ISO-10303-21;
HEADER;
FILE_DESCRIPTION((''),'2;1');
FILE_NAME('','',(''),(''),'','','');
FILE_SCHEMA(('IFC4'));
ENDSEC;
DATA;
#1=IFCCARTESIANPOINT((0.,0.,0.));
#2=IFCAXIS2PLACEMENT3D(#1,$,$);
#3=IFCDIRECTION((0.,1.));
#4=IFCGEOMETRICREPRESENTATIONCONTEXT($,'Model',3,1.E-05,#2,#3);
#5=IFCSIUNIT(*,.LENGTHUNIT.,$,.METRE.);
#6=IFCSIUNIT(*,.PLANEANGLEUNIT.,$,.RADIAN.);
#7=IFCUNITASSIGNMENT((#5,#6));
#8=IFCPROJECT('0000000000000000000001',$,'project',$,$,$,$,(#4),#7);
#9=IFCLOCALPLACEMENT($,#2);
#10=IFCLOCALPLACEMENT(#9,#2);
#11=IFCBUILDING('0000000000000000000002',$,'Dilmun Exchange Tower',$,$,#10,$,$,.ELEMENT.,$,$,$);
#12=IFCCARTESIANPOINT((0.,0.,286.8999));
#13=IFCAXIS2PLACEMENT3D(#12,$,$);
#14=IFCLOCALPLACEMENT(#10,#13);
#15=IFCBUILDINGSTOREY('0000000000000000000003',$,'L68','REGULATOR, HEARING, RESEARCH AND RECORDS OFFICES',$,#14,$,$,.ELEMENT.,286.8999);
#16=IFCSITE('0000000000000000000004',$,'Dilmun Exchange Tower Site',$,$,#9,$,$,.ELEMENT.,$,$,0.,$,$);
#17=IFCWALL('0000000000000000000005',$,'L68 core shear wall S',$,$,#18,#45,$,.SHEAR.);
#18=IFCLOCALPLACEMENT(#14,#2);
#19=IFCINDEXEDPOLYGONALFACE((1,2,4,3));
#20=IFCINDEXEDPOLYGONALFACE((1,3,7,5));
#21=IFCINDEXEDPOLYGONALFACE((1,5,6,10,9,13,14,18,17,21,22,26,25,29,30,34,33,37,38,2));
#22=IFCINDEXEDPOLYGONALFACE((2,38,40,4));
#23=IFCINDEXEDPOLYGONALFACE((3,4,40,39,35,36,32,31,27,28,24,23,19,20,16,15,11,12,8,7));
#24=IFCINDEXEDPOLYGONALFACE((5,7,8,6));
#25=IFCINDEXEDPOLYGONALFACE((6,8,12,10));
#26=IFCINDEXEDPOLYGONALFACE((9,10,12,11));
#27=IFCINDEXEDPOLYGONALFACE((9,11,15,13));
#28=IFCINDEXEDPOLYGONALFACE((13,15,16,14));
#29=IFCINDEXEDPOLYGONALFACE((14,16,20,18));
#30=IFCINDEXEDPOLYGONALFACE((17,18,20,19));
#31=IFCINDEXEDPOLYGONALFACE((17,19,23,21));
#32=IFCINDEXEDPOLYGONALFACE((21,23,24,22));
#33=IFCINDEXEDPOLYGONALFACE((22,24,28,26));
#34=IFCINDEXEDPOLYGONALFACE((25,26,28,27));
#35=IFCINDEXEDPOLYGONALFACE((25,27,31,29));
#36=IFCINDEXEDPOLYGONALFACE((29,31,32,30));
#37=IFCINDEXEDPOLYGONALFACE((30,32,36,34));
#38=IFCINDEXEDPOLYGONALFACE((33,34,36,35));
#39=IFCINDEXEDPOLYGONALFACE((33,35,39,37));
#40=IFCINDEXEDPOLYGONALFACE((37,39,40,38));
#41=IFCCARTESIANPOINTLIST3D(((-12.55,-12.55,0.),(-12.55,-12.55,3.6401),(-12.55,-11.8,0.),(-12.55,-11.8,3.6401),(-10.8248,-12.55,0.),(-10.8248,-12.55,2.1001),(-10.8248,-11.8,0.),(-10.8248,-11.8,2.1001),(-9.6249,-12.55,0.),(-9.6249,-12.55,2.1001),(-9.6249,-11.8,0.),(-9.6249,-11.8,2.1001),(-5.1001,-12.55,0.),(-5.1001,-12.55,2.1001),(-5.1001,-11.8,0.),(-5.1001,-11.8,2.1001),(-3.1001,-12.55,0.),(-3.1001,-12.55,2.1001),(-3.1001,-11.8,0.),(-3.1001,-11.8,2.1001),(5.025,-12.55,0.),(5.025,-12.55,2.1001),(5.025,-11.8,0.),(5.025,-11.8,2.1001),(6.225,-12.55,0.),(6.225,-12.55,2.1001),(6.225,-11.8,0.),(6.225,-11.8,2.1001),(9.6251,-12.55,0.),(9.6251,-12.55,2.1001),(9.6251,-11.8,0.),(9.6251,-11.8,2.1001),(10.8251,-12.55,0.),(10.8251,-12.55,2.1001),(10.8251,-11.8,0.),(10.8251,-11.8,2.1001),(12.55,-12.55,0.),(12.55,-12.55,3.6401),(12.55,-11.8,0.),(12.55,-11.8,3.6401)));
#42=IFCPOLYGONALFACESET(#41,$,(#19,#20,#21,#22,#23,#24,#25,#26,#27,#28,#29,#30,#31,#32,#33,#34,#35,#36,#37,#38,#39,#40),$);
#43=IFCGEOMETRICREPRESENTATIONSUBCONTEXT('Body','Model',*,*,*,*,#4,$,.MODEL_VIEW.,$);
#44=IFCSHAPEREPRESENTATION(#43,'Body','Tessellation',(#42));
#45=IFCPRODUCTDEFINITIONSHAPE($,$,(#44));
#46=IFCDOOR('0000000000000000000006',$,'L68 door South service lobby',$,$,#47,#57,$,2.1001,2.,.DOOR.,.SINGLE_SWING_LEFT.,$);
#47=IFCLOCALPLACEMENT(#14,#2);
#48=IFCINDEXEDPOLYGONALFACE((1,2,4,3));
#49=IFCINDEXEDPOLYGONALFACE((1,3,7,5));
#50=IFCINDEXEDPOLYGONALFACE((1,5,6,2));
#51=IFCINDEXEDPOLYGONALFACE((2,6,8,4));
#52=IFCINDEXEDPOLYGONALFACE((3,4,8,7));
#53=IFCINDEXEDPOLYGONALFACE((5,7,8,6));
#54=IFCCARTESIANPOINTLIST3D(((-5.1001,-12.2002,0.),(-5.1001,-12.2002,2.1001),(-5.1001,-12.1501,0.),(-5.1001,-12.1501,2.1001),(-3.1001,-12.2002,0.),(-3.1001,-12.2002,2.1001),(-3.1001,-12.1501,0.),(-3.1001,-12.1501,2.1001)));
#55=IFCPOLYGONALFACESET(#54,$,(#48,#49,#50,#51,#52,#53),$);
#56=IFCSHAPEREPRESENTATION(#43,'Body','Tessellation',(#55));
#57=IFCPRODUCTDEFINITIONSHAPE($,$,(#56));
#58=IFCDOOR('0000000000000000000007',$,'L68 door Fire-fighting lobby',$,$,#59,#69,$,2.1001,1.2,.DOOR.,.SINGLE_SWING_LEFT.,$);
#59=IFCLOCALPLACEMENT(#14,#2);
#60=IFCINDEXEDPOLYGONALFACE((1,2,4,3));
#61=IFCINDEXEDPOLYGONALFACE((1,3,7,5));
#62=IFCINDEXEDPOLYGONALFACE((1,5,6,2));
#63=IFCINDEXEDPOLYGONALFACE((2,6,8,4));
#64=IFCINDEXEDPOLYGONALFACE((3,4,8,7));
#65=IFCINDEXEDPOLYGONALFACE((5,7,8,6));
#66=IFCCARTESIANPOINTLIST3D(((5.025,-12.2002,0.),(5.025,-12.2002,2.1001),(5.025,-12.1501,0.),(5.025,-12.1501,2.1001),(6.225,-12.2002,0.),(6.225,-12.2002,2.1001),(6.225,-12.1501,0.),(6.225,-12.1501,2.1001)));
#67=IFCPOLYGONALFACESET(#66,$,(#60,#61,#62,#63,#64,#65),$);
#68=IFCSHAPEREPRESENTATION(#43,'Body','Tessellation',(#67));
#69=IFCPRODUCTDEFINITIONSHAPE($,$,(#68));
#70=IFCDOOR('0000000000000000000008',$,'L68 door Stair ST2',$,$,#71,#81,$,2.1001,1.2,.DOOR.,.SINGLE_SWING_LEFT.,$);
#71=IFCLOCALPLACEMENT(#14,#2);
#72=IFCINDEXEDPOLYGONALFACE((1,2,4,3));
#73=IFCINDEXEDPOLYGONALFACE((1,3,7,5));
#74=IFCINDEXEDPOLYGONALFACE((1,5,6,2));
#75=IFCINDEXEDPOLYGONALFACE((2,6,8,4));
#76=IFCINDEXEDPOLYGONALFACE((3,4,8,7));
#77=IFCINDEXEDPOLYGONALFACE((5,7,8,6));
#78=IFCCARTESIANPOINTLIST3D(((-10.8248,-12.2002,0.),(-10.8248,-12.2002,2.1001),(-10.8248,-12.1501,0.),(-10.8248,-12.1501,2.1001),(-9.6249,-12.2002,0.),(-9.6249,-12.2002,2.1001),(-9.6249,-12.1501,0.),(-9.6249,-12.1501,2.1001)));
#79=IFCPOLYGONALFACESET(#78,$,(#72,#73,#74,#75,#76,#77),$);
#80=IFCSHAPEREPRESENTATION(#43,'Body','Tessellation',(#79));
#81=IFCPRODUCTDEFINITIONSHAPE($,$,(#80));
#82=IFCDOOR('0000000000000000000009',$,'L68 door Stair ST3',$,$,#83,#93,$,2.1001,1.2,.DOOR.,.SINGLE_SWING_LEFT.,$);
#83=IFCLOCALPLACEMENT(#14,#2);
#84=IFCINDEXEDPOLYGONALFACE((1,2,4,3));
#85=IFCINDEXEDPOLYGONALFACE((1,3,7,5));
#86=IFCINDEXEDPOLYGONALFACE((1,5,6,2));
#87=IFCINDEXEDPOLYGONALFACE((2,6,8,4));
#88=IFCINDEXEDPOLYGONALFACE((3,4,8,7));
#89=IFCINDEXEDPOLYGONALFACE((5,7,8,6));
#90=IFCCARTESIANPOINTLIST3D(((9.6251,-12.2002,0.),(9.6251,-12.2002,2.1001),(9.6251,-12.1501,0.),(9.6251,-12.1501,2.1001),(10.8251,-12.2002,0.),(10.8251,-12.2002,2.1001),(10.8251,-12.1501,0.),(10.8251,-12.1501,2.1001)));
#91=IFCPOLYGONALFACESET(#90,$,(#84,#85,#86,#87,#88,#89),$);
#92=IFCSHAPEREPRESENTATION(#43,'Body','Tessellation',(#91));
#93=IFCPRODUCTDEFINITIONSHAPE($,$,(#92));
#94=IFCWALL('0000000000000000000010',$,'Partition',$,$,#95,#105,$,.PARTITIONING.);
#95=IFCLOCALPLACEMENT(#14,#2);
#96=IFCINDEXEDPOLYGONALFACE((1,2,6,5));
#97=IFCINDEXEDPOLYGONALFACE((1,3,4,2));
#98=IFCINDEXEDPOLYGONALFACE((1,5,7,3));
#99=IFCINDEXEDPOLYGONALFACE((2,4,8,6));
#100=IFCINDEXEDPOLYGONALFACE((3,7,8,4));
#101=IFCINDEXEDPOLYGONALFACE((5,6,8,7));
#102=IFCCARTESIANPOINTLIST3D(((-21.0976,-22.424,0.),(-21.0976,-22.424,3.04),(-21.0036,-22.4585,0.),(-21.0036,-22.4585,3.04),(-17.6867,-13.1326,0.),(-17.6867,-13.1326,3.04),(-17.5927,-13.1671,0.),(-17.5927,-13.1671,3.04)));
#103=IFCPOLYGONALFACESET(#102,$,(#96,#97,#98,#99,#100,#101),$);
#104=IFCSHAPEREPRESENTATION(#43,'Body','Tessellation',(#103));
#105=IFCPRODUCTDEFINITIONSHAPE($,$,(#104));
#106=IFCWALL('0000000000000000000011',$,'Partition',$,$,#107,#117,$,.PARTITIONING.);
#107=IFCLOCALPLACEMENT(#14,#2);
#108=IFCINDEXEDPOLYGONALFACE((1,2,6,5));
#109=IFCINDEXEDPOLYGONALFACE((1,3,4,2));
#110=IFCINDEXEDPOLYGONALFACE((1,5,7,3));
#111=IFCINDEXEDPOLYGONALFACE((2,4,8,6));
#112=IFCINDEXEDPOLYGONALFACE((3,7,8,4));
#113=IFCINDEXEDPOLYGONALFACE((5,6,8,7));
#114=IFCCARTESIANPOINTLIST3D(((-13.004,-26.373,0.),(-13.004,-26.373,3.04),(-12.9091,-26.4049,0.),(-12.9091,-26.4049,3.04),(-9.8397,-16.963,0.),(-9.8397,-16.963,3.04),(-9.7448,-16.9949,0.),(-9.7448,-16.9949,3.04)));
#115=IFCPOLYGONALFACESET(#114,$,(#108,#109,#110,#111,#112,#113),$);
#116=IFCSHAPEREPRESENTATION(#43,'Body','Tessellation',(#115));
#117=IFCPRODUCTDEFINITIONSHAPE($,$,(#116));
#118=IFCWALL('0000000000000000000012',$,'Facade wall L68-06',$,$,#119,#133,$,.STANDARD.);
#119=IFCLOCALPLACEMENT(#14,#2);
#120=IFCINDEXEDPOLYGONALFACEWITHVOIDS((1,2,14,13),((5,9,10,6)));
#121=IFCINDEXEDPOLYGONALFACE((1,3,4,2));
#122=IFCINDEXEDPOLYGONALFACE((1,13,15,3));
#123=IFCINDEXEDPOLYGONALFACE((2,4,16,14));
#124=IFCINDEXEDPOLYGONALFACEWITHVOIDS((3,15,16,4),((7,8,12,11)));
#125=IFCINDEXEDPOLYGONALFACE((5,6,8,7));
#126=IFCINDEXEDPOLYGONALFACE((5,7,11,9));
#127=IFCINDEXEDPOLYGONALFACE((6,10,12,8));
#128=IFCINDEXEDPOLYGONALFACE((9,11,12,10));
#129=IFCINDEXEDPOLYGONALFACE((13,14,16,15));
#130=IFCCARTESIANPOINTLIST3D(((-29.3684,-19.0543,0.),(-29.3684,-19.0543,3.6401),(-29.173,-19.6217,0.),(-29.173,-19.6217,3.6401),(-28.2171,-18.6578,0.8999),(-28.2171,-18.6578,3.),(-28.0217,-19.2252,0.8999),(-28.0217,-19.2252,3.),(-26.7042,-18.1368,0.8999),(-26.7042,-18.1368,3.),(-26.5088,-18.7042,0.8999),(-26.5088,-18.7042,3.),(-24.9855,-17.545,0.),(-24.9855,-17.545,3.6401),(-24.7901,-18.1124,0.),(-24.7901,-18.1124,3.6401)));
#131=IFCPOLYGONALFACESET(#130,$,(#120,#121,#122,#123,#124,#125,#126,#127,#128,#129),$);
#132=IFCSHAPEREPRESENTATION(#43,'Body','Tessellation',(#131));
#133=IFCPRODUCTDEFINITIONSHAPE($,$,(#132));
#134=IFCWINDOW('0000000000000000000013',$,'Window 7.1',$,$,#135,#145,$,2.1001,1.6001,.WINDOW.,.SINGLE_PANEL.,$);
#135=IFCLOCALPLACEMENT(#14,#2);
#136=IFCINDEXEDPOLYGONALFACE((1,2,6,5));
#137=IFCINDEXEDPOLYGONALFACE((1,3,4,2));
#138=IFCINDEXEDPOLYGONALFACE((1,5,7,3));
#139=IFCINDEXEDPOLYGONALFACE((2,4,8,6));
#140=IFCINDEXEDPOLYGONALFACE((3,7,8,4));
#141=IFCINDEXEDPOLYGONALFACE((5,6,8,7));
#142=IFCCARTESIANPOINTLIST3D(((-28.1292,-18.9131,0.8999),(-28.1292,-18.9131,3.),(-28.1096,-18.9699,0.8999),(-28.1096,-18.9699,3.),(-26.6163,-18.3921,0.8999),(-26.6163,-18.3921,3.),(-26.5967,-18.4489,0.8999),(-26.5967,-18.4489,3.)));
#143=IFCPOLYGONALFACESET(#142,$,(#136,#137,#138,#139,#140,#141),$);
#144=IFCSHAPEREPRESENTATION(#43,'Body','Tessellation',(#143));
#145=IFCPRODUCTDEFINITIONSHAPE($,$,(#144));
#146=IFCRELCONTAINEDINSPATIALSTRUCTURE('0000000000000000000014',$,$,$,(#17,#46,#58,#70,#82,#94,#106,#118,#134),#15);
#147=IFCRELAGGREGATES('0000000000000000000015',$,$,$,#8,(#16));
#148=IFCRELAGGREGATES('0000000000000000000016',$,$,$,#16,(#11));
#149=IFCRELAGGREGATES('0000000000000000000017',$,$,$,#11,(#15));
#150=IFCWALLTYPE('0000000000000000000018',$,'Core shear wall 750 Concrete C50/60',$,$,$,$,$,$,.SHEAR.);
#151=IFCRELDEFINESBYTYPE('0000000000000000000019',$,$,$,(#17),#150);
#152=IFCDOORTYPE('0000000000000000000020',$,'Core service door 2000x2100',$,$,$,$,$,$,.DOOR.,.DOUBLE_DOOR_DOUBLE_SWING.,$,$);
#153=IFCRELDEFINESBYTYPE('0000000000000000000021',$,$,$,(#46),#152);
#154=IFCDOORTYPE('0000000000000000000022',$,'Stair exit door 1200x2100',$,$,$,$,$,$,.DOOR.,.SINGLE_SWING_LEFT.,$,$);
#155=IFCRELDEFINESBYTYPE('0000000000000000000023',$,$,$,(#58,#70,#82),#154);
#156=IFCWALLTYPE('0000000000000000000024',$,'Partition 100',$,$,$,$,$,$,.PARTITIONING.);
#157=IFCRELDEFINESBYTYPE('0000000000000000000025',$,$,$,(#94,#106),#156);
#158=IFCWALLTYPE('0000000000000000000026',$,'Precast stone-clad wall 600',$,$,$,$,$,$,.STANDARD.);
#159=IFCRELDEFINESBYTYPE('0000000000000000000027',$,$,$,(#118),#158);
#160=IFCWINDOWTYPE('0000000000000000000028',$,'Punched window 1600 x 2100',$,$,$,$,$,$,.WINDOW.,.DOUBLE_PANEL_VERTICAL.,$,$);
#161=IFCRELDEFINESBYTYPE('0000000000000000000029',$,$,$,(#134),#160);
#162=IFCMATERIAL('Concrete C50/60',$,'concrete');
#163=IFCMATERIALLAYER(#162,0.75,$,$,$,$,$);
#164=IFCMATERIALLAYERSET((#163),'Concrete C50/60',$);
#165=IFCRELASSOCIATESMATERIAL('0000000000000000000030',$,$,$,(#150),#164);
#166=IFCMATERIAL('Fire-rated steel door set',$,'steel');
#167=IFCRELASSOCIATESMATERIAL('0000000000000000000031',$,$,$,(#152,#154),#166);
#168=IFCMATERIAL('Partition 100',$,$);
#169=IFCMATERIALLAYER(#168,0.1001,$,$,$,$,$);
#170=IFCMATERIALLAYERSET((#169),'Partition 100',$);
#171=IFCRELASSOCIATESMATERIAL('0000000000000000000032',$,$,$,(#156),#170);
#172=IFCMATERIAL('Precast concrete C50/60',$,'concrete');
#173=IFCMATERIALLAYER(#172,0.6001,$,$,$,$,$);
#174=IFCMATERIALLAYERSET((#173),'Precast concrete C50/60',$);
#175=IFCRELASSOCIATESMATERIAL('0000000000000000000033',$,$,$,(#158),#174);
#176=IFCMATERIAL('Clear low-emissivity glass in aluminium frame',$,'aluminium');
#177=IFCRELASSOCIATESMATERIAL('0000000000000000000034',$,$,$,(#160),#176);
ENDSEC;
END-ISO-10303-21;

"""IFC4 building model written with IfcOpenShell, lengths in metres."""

from ifc_helpers import new_model, si_unit, direction, frame, frame_2d, origin, place, context, subcontext, project, spatial, rectangle, extrude, material, layer, layer_set, type_object, element, fill, save


model = new_model("IFC4")

# Units and contexts
model_context = context("Model", 3, precision=1e-05, world=origin(), true_north=direction((0.0, 1.0)))
body_context = subcontext(model_context, "Body", "Model", "MODEL_VIEW")
ifc_project = project(units=[si_unit("LENGTHUNIT", "METRE"), si_unit("PLANEANGLEUNIT", "RADIAN")], contexts=[model_context])

# Site, building, storey
site_placement = place(None, origin())
site = spatial("IfcSite", under=ifc_project, at=site_placement, Name="Dilmun Exchange Tower Site", CompositionType="ELEMENT", RefElevation=0.0)
building_placement = place(site_placement, origin())
building = spatial("IfcBuilding", under=site, at=building_placement, Name="Dilmun Exchange Tower", CompositionType="ELEMENT")
storey_placement = place(building_placement, frame((0.0, 0.0, 286.8999)))
storey = spatial("IfcBuildingStorey", under=building, at=storey_placement, Name="L68", Description="REGULATOR, HEARING, RESEARCH AND RECORDS OFFICES", CompositionType="ELEMENT", Elevation=286.8999)

# Shared definitions
ifc_material_1 = material(Name="Concrete C50/60", Category="concrete")

# Wall, openings, doors
ifc_layer_1 = layer(ifc_material_1, 0.75)
ifc_layer_set_1 = layer_set([ifc_layer_1], Name="Concrete C50/60")
wall_type_1 = type_object("IfcWallType", Name="Core shear wall 750 Concrete C50/60", PredefinedType="SHEAR", material=ifc_layer_set_1)
wall_1_placement = place(storey_placement, frame((-12.55, -12.175, 0.0), z_axis=(0.0, 0.0, 1.0), x_axis=(1.0, 0.0, 0.0)))
wall_1 = element("IfcWall", 1, at=wall_1_placement, inside=storey, type_object=wall_type_1, Name="L68 core shear wall S", PredefinedType="SHEAR", context=body_context, shape_type="SweptSolid", body=[
    extrude(rectangle(XDim=25.1001, YDim=0.75, at=frame_2d((12.55, 0.0))), origin(), (0.0, 0.0, 1.0), 3.6401),
])
opening_1_placement = place(wall_1_placement, frame((7.45, 0.0, 0.0)))
opening_1 = element("IfcOpeningElement", 2, at=opening_1_placement, cuts=wall_1, PredefinedType="OPENING", context=body_context, shape_type="SweptSolid", body=[
    extrude(rectangle(XDim=2.0, YDim=2.1001, at=frame_2d((1.0, 1.05))), frame((0.0, 0.385, 0.0), z_axis=(0.0, -1.0, 0.0), x_axis=(1.0, 0.0, 0.0)), (0.0, 0.0, 1.0), 0.77),
])
opening_2_placement = place(wall_1_placement, frame((17.575, 0.0, 0.0)))
opening_2 = element("IfcOpeningElement", 3, at=opening_2_placement, cuts=wall_1, PredefinedType="OPENING", context=body_context, shape_type="SweptSolid", body=[
    extrude(rectangle(XDim=1.2, YDim=2.1001, at=frame_2d((0.6001, 1.05))), frame((0.0, 0.385, 0.0), z_axis=(0.0, -1.0, 0.0), x_axis=(1.0, 0.0, 0.0)), (0.0, 0.0, 1.0), 0.77),
])
opening_3_placement = place(wall_1_placement, frame((1.7251, 0.0, 0.0)))
opening_3 = element("IfcOpeningElement", 4, at=opening_3_placement, cuts=wall_1, PredefinedType="OPENING", context=body_context, shape_type="SweptSolid", body=[
    extrude(rectangle(XDim=1.2, YDim=2.1001, at=frame_2d((0.6001, 1.05))), frame((0.0, 0.385, 0.0), z_axis=(0.0, -1.0, 0.0), x_axis=(1.0, 0.0, 0.0)), (0.0, 0.0, 1.0), 0.77),
])
opening_4_placement = place(wall_1_placement, frame((22.175, 0.0, 0.0)))
opening_4 = element("IfcOpeningElement", 5, at=opening_4_placement, cuts=wall_1, PredefinedType="OPENING", context=body_context, shape_type="SweptSolid", body=[
    extrude(rectangle(XDim=1.2, YDim=2.1001, at=frame_2d((0.6001, 1.05))), frame((0.0, 0.385, 0.0), z_axis=(0.0, -1.0, 0.0), x_axis=(1.0, 0.0, 0.0)), (0.0, 0.0, 1.0), 0.77),
])
ifc_material_2 = material(Name="Fire-rated steel door set", Category="steel")
door_type_1 = type_object("IfcDoorType", Name="Core service door 2000x2100", OperationType="DOUBLE_DOOR_DOUBLE_SWING", PredefinedType="DOOR", material=ifc_material_2)
door_1_placement = place(opening_1_placement, origin())
door_1 = element("IfcDoor", 6, at=door_1_placement, inside=storey, type_object=door_type_1, Name="L68 door South service lobby", OperationType="SINGLE_SWING_LEFT", OverallHeight=2.1001, OverallWidth=2.0, PredefinedType="DOOR", context=body_context, shape_type="SweptSolid", body=[
    extrude(rectangle(XDim=2.0, YDim=2.1001, at=frame_2d((1.0, 1.05))), frame((0.0, 0.0249, 0.0), z_axis=(0.0, -1.0, 0.0), x_axis=(1.0, 0.0, 0.0)), (0.0, 0.0, 1.0), 0.05),
])
fill(opening_1, door_1)
door_type_2 = type_object("IfcDoorType", Name="Stair exit door 1200x2100", OperationType="SINGLE_SWING_LEFT", PredefinedType="DOOR", material=ifc_material_2)
door_2_placement = place(opening_2_placement, origin())
door_2 = element("IfcDoor", 7, at=door_2_placement, inside=storey, type_object=door_type_2, Name="L68 door Fire-fighting lobby", OperationType="SINGLE_SWING_LEFT", OverallHeight=2.1001, OverallWidth=1.2, PredefinedType="DOOR", context=body_context, shape_type="SweptSolid", body=[
    extrude(rectangle(XDim=1.2, YDim=2.1001, at=frame_2d((0.6001, 1.05))), frame((0.0, 0.0249, 0.0), z_axis=(0.0, -1.0, 0.0), x_axis=(1.0, 0.0, 0.0)), (0.0, 0.0, 1.0), 0.05),
])
fill(opening_2, door_2)
door_3_placement = place(opening_3_placement, origin())
door_3 = element("IfcDoor", 8, at=door_3_placement, inside=storey, type_object=door_type_2, Name="L68 door Stair ST2", OperationType="SINGLE_SWING_LEFT", OverallHeight=2.1001, OverallWidth=1.2, PredefinedType="DOOR", context=body_context, shape_type="SweptSolid", body=[
    extrude(rectangle(XDim=1.2, YDim=2.1001, at=frame_2d((0.6001, 1.05))), frame((0.0, 0.0249, 0.0), z_axis=(0.0, -1.0, 0.0), x_axis=(1.0, 0.0, 0.0)), (0.0, 0.0, 1.0), 0.05),
])
fill(opening_3, door_3)
door_4_placement = place(opening_4_placement, origin())
door_4 = element("IfcDoor", 9, at=door_4_placement, inside=storey, type_object=door_type_2, Name="L68 door Stair ST3", OperationType="SINGLE_SWING_LEFT", OverallHeight=2.1001, OverallWidth=1.2, PredefinedType="DOOR", context=body_context, shape_type="SweptSolid", body=[
    extrude(rectangle(XDim=1.2, YDim=2.1001, at=frame_2d((0.6001, 1.05))), frame((0.0, 0.0249, 0.0), z_axis=(0.0, -1.0, 0.0), x_axis=(1.0, 0.0, 0.0)), (0.0, 0.0, 1.0), 0.05),
])
fill(opening_4, door_4)

# Walls
ifc_material_3 = material(Name="Partition 100")
ifc_layer_2 = layer(ifc_material_3, 0.1001)
ifc_layer_set_2 = layer_set([ifc_layer_2], Name="Partition 100")
wall_type_2 = type_object("IfcWallType", Name="Partition 100", PredefinedType="PARTITIONING", material=ifc_layer_set_2)
wall_2_placement = place(storey_placement, frame((-21.0505, -22.4412, 0.0), z_axis=(0.0, 0.0, 1.0), x_axis=(0.344611, 0.938746, 0.0)))
element("IfcWall", 10, at=wall_2_placement, inside=storey, type_object=wall_type_2, Name="Partition", PredefinedType="PARTITIONING", context=body_context, shape_type="SweptSolid", body=[
    extrude(rectangle(XDim=9.8977, YDim=0.1001, at=frame_2d((4.9487, 0.0))), origin(), (0.0, 0.0, 1.0), 3.04),
])
wall_3_placement = place(storey_placement, frame((-12.9565, -26.3889, 0.0), z_axis=(0.0, 0.0, 1.0), x_axis=(0.318735, 0.947844, 0.0)))
element("IfcWall", 11, at=wall_3_placement, inside=storey, type_object=wall_type_2, Name="Partition", PredefinedType="PARTITIONING", context=body_context, shape_type="SweptSolid", body=[
    extrude(rectangle(XDim=9.9277, YDim=0.1001, at=frame_2d((4.9639, 0.0))), origin(), (0.0, 0.0, 1.0), 3.04),
])

# Wall, opening, window
ifc_material_4 = material(Name="Precast concrete C50/60", Category="concrete")
ifc_layer_3 = layer(ifc_material_4, 0.6001)
ifc_layer_set_3 = layer_set([ifc_layer_3], Name="Precast concrete C50/60")
wall_type_3 = type_object("IfcWallType", Name="Precast stone-clad wall 600", PredefinedType="STANDARD", material=ifc_layer_set_3)
wall_4_placement = place(storey_placement, frame((-24.8877, -17.8286, 0.0), z_axis=(0.0, 0.0, 1.0), x_axis=(-0.945508, -0.325598, 0.0)))
wall_4 = element("IfcWall", 12, at=wall_4_placement, inside=storey, type_object=wall_type_3, Name="Facade wall L68-06", PredefinedType="STANDARD", context=body_context, shape_type="SweptSolid", body=[
    extrude(rectangle(XDim=4.6355, YDim=0.6001, at=frame_2d((2.3179, 0.0))), origin(), (0.0, 0.0, 1.0), 3.6401),
])
opening_5_placement = place(wall_4_placement, frame((1.8179, 0.0, 0.8999)))
opening_5 = element("IfcOpeningElement", 13, at=opening_5_placement, cuts=wall_4, PredefinedType="OPENING", context=body_context, shape_type="SweptSolid", body=[
    extrude(rectangle(XDim=1.6001, YDim=2.1001, at=frame_2d((0.8, 1.05))), frame((0.0, 0.3101, 0.0), z_axis=(0.0, -1.0, 0.0), x_axis=(1.0, 0.0, 0.0)), (0.0, 0.0, 1.0), 0.6201),
])
ifc_material_5 = material(Name="Clear low-emissivity glass in aluminium frame", Category="aluminium")
window_type_1 = type_object("IfcWindowType", Name="Punched window 1600 x 2100", PartitioningType="DOUBLE_PANEL_VERTICAL", PredefinedType="WINDOW", material=ifc_material_5)
window_1_placement = place(opening_5_placement, origin())
window_1 = element("IfcWindow", 14, at=window_1_placement, inside=storey, type_object=window_type_1, Name="Window 7.1", OverallHeight=2.1001, OverallWidth=1.6001, PartitioningType="SINGLE_PANEL", PredefinedType="WINDOW", context=body_context, shape_type="SweptSolid", body=[
    extrude(rectangle(XDim=1.6001, YDim=2.1001, at=frame_2d((0.8, 1.05))), frame((0.0, 0.03, 0.0), z_axis=(0.0, -1.0, 0.0), x_axis=(1.0, 0.0, 0.0)), (0.0, 0.0, 1.0), 0.0601),
])
fill(opening_5, window_1)

save(model, "model.ifc")
